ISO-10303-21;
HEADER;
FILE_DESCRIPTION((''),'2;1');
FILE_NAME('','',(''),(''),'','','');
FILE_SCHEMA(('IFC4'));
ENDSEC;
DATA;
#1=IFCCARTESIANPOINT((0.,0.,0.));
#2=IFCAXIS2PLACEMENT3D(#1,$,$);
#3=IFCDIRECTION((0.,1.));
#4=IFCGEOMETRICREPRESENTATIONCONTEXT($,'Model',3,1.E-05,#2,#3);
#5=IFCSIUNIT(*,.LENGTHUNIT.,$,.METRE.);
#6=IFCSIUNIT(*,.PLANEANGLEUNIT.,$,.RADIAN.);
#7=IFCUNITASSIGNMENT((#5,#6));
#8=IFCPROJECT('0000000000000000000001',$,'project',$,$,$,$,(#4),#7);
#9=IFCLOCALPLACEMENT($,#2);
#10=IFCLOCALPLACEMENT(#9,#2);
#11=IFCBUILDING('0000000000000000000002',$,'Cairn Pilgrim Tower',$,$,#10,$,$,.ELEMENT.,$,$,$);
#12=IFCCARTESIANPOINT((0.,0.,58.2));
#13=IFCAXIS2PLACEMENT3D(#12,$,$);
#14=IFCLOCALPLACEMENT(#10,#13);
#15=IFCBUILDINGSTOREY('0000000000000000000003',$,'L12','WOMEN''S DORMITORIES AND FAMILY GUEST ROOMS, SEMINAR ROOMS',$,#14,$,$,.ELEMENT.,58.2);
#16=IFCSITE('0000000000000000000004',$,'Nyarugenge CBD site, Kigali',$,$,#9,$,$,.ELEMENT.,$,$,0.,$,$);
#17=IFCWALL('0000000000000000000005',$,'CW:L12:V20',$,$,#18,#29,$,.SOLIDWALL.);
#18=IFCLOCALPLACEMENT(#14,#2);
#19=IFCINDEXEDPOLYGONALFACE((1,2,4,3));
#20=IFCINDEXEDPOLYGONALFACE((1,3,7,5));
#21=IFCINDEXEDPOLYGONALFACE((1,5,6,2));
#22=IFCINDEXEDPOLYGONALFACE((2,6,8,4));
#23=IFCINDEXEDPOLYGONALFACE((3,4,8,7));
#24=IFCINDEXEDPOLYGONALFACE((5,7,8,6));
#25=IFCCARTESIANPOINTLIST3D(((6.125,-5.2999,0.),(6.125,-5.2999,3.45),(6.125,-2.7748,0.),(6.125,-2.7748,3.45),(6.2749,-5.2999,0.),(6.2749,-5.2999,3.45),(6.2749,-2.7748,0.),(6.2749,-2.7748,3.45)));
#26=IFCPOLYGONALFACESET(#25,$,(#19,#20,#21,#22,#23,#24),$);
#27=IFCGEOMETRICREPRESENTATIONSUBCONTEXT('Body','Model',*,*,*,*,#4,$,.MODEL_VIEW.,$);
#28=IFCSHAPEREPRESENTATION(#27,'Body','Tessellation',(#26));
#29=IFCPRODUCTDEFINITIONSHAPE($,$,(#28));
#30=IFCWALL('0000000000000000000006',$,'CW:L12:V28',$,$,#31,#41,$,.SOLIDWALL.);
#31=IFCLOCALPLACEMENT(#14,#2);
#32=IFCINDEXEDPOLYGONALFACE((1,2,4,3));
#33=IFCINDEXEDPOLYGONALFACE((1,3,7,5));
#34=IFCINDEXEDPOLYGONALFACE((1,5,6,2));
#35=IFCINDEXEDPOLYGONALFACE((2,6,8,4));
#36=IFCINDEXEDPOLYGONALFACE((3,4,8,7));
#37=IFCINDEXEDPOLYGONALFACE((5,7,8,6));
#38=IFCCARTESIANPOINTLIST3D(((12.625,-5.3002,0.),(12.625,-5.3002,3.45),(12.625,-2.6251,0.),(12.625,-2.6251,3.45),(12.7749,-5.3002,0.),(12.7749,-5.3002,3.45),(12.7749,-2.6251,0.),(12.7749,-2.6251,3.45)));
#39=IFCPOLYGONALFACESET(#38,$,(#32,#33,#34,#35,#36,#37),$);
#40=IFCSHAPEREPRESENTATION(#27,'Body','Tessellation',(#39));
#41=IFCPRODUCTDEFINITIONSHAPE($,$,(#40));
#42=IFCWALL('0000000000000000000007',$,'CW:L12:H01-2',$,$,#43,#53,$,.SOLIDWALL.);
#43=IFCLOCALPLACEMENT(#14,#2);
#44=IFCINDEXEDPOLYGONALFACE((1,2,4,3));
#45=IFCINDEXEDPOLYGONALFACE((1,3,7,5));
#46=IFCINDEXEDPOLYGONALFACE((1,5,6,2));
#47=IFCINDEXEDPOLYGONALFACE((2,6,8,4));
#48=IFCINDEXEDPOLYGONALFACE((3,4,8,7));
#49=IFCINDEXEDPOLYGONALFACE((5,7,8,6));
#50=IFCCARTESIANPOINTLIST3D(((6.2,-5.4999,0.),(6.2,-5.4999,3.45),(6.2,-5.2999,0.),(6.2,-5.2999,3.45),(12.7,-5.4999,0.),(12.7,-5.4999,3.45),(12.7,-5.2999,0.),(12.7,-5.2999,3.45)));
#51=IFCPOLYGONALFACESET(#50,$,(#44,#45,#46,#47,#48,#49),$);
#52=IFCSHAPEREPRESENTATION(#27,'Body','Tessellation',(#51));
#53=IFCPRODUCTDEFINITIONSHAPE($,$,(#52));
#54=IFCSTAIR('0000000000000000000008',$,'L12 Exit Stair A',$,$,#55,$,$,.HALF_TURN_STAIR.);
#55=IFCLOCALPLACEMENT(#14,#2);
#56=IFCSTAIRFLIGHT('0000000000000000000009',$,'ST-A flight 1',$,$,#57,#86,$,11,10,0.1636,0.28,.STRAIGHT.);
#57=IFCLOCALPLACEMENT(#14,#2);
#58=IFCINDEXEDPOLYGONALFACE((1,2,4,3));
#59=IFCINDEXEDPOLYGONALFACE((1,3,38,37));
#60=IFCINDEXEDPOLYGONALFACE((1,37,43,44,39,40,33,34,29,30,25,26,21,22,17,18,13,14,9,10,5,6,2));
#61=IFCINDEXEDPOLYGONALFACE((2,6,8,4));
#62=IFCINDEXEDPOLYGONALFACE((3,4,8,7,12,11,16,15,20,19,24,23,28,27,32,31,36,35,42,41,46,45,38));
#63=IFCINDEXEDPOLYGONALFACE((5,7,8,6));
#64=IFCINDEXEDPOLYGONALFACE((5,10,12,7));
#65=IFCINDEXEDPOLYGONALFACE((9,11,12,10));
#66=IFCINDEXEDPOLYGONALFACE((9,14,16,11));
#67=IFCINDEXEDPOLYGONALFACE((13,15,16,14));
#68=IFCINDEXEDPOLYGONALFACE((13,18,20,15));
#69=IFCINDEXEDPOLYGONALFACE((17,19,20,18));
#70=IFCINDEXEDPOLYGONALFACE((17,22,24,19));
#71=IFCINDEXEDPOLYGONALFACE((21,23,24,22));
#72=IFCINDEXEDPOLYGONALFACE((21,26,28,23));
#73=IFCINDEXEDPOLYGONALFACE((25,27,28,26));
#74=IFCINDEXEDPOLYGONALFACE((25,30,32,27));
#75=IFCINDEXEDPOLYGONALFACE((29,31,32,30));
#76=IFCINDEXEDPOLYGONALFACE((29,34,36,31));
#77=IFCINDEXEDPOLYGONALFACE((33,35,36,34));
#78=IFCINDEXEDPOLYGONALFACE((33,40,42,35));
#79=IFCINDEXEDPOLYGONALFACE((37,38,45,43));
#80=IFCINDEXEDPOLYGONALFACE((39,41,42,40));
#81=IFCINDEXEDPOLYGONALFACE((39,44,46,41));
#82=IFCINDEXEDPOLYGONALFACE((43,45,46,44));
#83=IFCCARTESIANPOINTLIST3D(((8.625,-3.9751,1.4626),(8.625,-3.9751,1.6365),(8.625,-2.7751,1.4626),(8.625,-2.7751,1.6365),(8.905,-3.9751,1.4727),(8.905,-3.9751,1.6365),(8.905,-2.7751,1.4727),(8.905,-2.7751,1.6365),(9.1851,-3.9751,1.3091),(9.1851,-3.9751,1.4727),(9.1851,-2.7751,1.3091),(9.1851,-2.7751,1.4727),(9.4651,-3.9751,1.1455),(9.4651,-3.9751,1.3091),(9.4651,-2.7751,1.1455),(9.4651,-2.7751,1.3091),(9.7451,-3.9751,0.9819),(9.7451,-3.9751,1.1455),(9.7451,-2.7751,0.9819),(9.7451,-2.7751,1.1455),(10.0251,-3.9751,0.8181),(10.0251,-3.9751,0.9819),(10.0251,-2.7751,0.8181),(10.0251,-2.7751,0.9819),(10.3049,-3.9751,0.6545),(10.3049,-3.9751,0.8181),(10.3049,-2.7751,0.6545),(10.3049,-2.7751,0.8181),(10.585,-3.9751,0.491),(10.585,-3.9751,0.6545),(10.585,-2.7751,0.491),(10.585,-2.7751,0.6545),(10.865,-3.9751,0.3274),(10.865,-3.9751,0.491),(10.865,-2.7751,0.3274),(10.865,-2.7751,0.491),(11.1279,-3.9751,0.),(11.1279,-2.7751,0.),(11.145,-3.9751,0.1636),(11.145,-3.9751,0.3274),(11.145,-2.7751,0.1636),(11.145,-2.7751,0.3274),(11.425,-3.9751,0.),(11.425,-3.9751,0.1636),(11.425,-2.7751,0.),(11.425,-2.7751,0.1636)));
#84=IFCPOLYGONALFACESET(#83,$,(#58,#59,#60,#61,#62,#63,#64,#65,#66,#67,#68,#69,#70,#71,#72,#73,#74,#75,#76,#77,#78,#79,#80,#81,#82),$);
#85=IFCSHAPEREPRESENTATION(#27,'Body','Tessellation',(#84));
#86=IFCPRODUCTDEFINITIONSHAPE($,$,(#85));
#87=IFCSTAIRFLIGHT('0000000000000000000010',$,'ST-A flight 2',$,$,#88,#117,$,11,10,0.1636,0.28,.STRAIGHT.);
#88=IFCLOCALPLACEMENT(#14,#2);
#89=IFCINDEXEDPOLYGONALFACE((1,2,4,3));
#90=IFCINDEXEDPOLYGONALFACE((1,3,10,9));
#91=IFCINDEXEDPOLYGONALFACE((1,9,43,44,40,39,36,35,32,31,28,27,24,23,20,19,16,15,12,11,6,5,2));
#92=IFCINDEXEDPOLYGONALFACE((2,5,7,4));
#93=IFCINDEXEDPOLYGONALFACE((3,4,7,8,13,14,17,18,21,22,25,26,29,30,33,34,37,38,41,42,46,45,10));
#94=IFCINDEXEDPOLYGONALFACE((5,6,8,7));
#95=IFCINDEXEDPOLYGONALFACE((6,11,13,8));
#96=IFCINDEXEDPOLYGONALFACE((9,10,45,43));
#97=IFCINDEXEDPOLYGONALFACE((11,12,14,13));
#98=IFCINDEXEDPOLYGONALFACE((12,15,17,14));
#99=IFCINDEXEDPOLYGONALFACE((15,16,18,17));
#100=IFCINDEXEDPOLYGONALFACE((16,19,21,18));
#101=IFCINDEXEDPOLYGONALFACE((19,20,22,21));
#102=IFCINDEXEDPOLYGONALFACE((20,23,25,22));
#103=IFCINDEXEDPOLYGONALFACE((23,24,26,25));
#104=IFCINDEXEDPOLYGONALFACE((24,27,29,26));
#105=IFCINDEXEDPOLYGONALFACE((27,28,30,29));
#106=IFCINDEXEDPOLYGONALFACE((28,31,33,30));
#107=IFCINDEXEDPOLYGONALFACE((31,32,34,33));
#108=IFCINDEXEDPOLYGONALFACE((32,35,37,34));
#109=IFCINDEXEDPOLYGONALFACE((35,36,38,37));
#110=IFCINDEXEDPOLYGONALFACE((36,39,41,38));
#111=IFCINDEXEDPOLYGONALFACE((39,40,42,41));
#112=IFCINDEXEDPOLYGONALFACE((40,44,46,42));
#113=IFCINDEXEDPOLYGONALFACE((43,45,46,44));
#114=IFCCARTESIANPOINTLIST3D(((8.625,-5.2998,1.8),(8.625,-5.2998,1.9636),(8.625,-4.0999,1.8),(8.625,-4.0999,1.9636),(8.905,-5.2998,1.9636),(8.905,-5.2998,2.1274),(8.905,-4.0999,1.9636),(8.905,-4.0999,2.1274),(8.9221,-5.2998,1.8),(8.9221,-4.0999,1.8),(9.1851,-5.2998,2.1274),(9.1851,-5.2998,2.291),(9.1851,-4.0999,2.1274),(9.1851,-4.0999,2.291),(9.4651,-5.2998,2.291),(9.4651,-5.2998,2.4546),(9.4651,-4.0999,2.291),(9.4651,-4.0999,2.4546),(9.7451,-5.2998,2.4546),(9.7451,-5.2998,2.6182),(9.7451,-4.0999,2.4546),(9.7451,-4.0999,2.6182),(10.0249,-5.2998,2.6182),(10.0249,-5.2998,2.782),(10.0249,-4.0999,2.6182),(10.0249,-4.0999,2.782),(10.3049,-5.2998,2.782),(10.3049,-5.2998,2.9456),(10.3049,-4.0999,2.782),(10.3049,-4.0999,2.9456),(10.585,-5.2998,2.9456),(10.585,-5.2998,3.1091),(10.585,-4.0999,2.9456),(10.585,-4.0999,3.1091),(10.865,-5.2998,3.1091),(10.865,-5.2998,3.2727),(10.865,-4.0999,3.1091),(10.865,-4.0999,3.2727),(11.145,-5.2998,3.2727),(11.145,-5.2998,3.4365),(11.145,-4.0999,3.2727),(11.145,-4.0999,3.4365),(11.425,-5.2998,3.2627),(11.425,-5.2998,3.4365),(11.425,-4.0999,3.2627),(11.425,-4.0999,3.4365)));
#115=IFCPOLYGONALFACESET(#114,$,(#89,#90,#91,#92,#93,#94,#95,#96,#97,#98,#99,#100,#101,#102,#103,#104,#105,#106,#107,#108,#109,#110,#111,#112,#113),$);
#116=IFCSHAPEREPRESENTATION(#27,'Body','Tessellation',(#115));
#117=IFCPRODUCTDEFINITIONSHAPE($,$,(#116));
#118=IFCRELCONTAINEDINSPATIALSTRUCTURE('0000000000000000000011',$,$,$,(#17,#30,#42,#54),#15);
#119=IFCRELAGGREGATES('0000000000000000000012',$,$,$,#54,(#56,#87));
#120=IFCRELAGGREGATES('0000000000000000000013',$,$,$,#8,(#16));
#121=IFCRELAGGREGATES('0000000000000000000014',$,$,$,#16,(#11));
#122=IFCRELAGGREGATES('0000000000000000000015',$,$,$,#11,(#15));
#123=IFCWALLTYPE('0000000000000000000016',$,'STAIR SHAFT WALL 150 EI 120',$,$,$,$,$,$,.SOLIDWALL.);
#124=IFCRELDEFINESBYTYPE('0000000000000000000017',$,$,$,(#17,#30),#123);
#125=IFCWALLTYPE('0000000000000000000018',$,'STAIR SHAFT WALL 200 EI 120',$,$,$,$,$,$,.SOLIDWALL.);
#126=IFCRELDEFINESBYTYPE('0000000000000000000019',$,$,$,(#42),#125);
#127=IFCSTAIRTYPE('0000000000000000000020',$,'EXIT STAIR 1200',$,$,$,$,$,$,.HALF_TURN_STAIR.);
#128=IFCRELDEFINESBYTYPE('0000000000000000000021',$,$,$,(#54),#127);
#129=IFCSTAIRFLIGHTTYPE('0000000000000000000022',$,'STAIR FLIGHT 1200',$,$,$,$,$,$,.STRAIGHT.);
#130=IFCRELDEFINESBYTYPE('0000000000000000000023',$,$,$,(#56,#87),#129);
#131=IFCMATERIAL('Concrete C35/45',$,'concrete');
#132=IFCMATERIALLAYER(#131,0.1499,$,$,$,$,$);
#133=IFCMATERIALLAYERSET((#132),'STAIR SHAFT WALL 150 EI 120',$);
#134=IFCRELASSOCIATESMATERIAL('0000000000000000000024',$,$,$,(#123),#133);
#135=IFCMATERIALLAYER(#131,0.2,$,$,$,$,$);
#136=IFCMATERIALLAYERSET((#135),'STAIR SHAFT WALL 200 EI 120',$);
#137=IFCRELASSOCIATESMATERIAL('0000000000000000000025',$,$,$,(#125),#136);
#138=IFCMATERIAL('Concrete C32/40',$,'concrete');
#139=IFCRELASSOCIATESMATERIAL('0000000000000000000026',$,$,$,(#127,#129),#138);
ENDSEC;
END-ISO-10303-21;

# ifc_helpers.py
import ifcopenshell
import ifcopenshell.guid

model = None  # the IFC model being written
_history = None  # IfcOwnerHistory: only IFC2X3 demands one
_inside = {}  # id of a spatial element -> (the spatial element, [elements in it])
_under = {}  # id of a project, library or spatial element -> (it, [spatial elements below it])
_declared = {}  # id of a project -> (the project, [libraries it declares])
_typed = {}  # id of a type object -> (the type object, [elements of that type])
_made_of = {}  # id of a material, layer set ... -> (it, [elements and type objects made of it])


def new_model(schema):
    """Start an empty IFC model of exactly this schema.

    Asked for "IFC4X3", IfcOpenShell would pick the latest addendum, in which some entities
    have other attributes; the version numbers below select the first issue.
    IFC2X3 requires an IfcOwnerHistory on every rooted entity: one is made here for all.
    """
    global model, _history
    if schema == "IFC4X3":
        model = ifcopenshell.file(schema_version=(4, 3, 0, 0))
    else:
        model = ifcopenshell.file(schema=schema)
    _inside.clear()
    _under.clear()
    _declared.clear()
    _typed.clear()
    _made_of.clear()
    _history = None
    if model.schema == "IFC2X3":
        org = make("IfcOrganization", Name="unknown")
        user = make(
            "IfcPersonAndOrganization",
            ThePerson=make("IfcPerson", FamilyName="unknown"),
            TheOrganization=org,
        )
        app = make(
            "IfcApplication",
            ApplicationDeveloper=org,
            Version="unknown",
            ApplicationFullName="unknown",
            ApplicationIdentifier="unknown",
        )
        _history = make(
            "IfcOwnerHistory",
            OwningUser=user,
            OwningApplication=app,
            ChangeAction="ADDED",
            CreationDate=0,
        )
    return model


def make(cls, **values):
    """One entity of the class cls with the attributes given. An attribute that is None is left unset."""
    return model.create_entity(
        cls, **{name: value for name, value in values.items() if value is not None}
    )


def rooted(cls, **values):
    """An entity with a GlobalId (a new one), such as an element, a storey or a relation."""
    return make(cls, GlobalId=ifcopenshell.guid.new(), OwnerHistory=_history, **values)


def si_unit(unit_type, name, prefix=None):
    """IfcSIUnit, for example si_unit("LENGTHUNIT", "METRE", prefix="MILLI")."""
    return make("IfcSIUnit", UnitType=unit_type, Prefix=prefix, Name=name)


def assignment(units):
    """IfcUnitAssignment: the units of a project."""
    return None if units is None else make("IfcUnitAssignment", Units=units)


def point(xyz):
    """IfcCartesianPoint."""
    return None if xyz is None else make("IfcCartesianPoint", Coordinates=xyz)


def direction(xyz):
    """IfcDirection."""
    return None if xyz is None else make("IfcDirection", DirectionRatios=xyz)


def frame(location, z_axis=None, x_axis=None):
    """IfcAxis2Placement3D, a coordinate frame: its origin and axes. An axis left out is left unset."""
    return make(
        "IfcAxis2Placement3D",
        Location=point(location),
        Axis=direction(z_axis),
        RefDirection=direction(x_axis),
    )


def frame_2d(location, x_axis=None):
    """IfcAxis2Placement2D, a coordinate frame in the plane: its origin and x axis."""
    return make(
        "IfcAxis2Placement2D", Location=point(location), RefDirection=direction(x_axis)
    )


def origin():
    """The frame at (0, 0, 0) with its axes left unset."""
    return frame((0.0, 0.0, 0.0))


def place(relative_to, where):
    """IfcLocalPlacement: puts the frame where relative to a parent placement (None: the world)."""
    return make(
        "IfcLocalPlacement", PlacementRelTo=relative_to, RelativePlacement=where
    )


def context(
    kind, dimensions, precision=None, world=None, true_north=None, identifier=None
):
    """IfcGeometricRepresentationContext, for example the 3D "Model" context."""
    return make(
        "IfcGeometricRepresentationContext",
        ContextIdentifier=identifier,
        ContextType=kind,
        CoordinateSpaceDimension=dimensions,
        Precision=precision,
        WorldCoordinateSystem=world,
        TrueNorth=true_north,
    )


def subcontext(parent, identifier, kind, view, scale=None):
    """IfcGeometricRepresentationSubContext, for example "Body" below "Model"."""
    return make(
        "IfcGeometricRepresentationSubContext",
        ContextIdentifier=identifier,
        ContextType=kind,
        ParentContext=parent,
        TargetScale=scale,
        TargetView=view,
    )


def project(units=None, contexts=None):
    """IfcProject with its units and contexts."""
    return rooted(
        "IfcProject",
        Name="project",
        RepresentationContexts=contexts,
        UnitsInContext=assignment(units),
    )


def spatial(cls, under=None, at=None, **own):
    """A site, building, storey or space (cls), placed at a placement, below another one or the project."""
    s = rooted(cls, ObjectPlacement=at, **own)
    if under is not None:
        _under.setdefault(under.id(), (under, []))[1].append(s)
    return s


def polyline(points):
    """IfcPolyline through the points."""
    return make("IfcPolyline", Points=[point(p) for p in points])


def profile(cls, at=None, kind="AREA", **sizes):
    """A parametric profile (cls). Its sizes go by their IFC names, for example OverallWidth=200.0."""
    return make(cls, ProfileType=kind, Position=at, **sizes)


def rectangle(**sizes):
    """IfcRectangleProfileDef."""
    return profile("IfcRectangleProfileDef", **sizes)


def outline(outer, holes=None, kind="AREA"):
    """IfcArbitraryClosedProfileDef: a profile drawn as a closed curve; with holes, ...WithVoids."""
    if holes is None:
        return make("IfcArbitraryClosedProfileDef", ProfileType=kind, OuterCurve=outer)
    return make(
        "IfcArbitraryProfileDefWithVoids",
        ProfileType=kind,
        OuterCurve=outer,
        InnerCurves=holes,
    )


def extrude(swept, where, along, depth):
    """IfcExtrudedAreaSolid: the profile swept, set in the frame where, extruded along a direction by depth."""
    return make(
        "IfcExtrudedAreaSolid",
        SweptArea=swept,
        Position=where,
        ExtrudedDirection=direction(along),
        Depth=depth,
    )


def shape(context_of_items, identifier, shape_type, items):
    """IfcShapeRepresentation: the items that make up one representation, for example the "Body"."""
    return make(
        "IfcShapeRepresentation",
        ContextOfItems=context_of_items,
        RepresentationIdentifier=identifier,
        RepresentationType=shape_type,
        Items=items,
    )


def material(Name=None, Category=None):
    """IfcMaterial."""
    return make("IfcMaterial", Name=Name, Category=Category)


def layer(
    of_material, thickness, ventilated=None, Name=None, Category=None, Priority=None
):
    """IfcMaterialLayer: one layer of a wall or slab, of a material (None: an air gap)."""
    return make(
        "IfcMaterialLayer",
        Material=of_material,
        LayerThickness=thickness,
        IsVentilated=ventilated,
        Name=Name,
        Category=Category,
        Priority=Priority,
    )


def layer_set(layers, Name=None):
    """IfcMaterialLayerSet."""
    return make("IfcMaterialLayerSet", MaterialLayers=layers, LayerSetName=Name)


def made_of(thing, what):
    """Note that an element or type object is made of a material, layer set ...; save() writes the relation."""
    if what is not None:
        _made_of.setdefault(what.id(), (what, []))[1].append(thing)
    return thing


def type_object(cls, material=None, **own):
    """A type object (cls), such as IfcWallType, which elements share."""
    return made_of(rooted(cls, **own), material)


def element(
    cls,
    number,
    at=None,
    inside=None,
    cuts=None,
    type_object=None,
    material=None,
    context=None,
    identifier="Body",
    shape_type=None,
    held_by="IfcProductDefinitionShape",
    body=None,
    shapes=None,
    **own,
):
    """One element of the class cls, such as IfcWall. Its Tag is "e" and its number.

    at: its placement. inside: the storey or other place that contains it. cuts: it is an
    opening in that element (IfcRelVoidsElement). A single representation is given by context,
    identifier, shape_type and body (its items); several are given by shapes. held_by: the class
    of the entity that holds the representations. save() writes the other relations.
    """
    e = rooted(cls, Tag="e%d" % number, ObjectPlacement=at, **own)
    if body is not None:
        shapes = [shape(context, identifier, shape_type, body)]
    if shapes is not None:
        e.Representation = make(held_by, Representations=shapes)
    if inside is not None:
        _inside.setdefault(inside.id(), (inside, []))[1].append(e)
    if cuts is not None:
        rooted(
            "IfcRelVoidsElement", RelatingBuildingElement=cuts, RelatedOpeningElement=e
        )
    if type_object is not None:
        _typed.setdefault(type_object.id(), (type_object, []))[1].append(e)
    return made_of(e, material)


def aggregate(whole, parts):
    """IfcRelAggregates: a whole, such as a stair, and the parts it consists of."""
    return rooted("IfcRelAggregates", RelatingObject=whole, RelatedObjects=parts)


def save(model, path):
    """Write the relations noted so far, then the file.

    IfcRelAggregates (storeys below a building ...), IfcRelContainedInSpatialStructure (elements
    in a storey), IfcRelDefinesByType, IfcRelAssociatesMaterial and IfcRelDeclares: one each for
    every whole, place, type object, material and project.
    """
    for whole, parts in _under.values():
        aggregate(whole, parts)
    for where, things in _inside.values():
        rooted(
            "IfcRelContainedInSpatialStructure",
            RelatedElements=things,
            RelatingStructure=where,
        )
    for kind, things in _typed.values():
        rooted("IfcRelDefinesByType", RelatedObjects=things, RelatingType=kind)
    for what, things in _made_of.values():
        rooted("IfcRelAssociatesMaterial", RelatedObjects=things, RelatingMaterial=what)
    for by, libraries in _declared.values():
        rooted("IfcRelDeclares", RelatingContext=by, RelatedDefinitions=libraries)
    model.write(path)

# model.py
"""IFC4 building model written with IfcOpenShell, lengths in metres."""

from ifc_helpers import new_model, si_unit, direction, frame, frame_2d, origin, place, context, subcontext, project, spatial, polyline, rectangle, outline, extrude, material, layer, layer_set, type_object, element, aggregate, save


model = new_model("IFC4")

# Units and contexts
model_context = context("Model", 3, precision=1e-05, world=origin(), true_north=direction((0.0, 1.0)))
body_context = subcontext(model_context, "Body", "Model", "MODEL_VIEW")
ifc_project = project(units=[si_unit("LENGTHUNIT", "METRE"), si_unit("PLANEANGLEUNIT", "RADIAN")], contexts=[model_context])

# Site, building, storey
site_placement = place(None, origin())
site = spatial("IfcSite", under=ifc_project, at=site_placement, Name="Nyarugenge CBD site, Kigali", CompositionType="ELEMENT", RefElevation=0.0)
building_placement = place(site_placement, origin())
building = spatial("IfcBuilding", under=site, at=building_placement, Name="Cairn Pilgrim Tower", CompositionType="ELEMENT")
storey_placement = place(building_placement, frame((0.0, 0.0, 58.2)))
storey = spatial("IfcBuildingStorey", under=building, at=storey_placement, Name="L12", Description="WOMEN'S DORMITORIES AND FAMILY GUEST ROOMS, SEMINAR ROOMS", CompositionType="ELEMENT", Elevation=58.2)

# Shared definitions
ifc_material_1 = material(Name="Concrete C32/40", Category="concrete")

# Shared definitions
ifc_material_2 = material(Name="Concrete C35/45", Category="concrete")
ifc_layer_1 = layer(ifc_material_2, 0.1499)
ifc_layer_set_1 = layer_set([ifc_layer_1], Name="STAIR SHAFT WALL 150 EI 120")
wall_type_1 = type_object("IfcWallType", Name="STAIR SHAFT WALL 150 EI 120", PredefinedType="SOLIDWALL", material=ifc_layer_set_1)

# Walls
wall_1_placement = place(storey_placement, frame((6.2, -5.3, 0.0), z_axis=(0.0, 0.0, 1.0), x_axis=(0.0, 1.0, 0.0)))
element("IfcWall", 1, at=wall_1_placement, inside=storey, type_object=wall_type_1, Name="CW:L12:V20", PredefinedType="SOLIDWALL", context=body_context, shape_type="SweptSolid", body=[
    extrude(rectangle(XDim=2.5251, YDim=0.1499, at=frame_2d((1.2627, 0.0))), origin(), (0.0, 0.0, 1.0), 3.45),
])
wall_2_placement = place(storey_placement, frame((12.7, -5.3, 0.0), z_axis=(0.0, 0.0, 1.0), x_axis=(0.0, 1.0, 0.0)))
element("IfcWall", 2, at=wall_2_placement, inside=storey, type_object=wall_type_1, Name="CW:L12:V28", PredefinedType="SOLIDWALL", context=body_context, shape_type="SweptSolid", body=[
    extrude(rectangle(XDim=2.675, YDim=0.1499, at=frame_2d((1.3374, 0.0))), origin(), (0.0, 0.0, 1.0), 3.45),
])
ifc_layer_2 = layer(ifc_material_2, 0.2)
ifc_layer_set_2 = layer_set([ifc_layer_2], Name="STAIR SHAFT WALL 200 EI 120")
wall_type_2 = type_object("IfcWallType", Name="STAIR SHAFT WALL 200 EI 120", PredefinedType="SOLIDWALL", material=ifc_layer_set_2)
wall_3_placement = place(storey_placement, frame((6.2, -5.3999, 0.0), z_axis=(0.0, 0.0, 1.0), x_axis=(1.0, 0.0, 0.0)))
element("IfcWall", 3, at=wall_3_placement, inside=storey, type_object=wall_type_2, Name="CW:L12:H01-2", PredefinedType="SOLIDWALL", context=body_context, shape_type="SweptSolid", body=[
    extrude(rectangle(XDim=6.5, YDim=0.2, at=frame_2d((3.25, 0.0))), origin(), (0.0, 0.0, 1.0), 3.45),
])

# Stair, stair flights
stair_type = type_object("IfcStairType", Name="EXIT STAIR 1200", PredefinedType="HALF_TURN_STAIR", material=ifc_material_1)
stair_placement = place(storey_placement, origin())
stair = element("IfcStair", 4, at=stair_placement, inside=storey, type_object=stair_type, Name="L12 Exit Stair A", PredefinedType="HALF_TURN_STAIR")
stair_flight_type = type_object("IfcStairFlightType", Name="STAIR FLIGHT 1200", PredefinedType="STRAIGHT", material=ifc_material_1)
stair_flight_1_placement = place(storey_placement, frame((11.425, -3.375, 0.0), z_axis=(0.0, 0.0, 1.0), x_axis=(-1.0, 0.0, 0.0)))
stair_flight_1 = element("IfcStairFlight", 5, at=stair_flight_1_placement, type_object=stair_flight_type, Name="ST-A flight 1", NumberOfRisers=11, NumberOfTreads=10, PredefinedType="STRAIGHT", RiserHeight=0.1636, TreadLength=0.28, context=body_context, shape_type="SweptSolid", body=[
    extrude(outline(polyline([(0.0, 0.0), (0.0, 0.1636), (0.28, 0.1636), (0.28, 0.3274), (0.5601, 0.3274), (0.5601, 0.491), (0.8401, 0.491), (0.8401, 0.6545), (1.1201, 0.6545), (1.1201, 0.8181), (1.3999, 0.8181), (1.3999, 0.9819), (1.6799, 0.9819), (1.6799, 1.1455), (1.96, 1.1455), (1.96, 1.3091), (2.24, 1.3091), (2.24, 1.4727), (2.52, 1.4727), (2.52, 1.6365), (2.8, 1.6365), (2.8, 1.8), (2.8, 1.4626), (0.2971, 0.0), (0.0, 0.0)])), frame((0.0, 0.6001, 0.0), z_axis=(0.0, -1.0, 0.0), x_axis=(1.0, 0.0, 0.0)), (0.0, 0.0, 1.0), 1.2),
])
stair_flight_2_placement = place(storey_placement, frame((8.625, -4.7, 1.8), z_axis=(0.0, 0.0, 1.0), x_axis=(1.0, 0.0, 0.0)))
stair_flight_2 = element("IfcStairFlight", 6, at=stair_flight_2_placement, type_object=stair_flight_type, Name="ST-A flight 2", NumberOfRisers=11, NumberOfTreads=10, PredefinedType="STRAIGHT", RiserHeight=0.1636, TreadLength=0.28, context=body_context, shape_type="SweptSolid", body=[
    extrude(outline(polyline([(0.0, 0.0), (0.0, 0.1636), (0.28, 0.1636), (0.28, 0.3274), (0.5601, 0.3274), (0.5601, 0.491), (0.8401, 0.491), (0.8401, 0.6545), (1.1201, 0.6545), (1.1201, 0.8181), (1.3999, 0.8181), (1.3999, 0.9819), (1.6799, 0.9819), (1.6799, 1.1455), (1.96, 1.1455), (1.96, 1.3091), (2.24, 1.3091), (2.24, 1.4727), (2.52, 1.4727), (2.52, 1.6365), (2.8, 1.6365), (2.8, 1.8), (2.8, 1.4626), (0.2971, 0.0), (0.0, 0.0)])), frame((0.0, 0.6001, 0.0), z_axis=(0.0, -1.0, 0.0), x_axis=(1.0, 0.0, 0.0)), (0.0, 0.0, 1.0), 1.2),
])
aggregate(stair, [stair_flight_1, stair_flight_2])

save(model, "model.ifc")
